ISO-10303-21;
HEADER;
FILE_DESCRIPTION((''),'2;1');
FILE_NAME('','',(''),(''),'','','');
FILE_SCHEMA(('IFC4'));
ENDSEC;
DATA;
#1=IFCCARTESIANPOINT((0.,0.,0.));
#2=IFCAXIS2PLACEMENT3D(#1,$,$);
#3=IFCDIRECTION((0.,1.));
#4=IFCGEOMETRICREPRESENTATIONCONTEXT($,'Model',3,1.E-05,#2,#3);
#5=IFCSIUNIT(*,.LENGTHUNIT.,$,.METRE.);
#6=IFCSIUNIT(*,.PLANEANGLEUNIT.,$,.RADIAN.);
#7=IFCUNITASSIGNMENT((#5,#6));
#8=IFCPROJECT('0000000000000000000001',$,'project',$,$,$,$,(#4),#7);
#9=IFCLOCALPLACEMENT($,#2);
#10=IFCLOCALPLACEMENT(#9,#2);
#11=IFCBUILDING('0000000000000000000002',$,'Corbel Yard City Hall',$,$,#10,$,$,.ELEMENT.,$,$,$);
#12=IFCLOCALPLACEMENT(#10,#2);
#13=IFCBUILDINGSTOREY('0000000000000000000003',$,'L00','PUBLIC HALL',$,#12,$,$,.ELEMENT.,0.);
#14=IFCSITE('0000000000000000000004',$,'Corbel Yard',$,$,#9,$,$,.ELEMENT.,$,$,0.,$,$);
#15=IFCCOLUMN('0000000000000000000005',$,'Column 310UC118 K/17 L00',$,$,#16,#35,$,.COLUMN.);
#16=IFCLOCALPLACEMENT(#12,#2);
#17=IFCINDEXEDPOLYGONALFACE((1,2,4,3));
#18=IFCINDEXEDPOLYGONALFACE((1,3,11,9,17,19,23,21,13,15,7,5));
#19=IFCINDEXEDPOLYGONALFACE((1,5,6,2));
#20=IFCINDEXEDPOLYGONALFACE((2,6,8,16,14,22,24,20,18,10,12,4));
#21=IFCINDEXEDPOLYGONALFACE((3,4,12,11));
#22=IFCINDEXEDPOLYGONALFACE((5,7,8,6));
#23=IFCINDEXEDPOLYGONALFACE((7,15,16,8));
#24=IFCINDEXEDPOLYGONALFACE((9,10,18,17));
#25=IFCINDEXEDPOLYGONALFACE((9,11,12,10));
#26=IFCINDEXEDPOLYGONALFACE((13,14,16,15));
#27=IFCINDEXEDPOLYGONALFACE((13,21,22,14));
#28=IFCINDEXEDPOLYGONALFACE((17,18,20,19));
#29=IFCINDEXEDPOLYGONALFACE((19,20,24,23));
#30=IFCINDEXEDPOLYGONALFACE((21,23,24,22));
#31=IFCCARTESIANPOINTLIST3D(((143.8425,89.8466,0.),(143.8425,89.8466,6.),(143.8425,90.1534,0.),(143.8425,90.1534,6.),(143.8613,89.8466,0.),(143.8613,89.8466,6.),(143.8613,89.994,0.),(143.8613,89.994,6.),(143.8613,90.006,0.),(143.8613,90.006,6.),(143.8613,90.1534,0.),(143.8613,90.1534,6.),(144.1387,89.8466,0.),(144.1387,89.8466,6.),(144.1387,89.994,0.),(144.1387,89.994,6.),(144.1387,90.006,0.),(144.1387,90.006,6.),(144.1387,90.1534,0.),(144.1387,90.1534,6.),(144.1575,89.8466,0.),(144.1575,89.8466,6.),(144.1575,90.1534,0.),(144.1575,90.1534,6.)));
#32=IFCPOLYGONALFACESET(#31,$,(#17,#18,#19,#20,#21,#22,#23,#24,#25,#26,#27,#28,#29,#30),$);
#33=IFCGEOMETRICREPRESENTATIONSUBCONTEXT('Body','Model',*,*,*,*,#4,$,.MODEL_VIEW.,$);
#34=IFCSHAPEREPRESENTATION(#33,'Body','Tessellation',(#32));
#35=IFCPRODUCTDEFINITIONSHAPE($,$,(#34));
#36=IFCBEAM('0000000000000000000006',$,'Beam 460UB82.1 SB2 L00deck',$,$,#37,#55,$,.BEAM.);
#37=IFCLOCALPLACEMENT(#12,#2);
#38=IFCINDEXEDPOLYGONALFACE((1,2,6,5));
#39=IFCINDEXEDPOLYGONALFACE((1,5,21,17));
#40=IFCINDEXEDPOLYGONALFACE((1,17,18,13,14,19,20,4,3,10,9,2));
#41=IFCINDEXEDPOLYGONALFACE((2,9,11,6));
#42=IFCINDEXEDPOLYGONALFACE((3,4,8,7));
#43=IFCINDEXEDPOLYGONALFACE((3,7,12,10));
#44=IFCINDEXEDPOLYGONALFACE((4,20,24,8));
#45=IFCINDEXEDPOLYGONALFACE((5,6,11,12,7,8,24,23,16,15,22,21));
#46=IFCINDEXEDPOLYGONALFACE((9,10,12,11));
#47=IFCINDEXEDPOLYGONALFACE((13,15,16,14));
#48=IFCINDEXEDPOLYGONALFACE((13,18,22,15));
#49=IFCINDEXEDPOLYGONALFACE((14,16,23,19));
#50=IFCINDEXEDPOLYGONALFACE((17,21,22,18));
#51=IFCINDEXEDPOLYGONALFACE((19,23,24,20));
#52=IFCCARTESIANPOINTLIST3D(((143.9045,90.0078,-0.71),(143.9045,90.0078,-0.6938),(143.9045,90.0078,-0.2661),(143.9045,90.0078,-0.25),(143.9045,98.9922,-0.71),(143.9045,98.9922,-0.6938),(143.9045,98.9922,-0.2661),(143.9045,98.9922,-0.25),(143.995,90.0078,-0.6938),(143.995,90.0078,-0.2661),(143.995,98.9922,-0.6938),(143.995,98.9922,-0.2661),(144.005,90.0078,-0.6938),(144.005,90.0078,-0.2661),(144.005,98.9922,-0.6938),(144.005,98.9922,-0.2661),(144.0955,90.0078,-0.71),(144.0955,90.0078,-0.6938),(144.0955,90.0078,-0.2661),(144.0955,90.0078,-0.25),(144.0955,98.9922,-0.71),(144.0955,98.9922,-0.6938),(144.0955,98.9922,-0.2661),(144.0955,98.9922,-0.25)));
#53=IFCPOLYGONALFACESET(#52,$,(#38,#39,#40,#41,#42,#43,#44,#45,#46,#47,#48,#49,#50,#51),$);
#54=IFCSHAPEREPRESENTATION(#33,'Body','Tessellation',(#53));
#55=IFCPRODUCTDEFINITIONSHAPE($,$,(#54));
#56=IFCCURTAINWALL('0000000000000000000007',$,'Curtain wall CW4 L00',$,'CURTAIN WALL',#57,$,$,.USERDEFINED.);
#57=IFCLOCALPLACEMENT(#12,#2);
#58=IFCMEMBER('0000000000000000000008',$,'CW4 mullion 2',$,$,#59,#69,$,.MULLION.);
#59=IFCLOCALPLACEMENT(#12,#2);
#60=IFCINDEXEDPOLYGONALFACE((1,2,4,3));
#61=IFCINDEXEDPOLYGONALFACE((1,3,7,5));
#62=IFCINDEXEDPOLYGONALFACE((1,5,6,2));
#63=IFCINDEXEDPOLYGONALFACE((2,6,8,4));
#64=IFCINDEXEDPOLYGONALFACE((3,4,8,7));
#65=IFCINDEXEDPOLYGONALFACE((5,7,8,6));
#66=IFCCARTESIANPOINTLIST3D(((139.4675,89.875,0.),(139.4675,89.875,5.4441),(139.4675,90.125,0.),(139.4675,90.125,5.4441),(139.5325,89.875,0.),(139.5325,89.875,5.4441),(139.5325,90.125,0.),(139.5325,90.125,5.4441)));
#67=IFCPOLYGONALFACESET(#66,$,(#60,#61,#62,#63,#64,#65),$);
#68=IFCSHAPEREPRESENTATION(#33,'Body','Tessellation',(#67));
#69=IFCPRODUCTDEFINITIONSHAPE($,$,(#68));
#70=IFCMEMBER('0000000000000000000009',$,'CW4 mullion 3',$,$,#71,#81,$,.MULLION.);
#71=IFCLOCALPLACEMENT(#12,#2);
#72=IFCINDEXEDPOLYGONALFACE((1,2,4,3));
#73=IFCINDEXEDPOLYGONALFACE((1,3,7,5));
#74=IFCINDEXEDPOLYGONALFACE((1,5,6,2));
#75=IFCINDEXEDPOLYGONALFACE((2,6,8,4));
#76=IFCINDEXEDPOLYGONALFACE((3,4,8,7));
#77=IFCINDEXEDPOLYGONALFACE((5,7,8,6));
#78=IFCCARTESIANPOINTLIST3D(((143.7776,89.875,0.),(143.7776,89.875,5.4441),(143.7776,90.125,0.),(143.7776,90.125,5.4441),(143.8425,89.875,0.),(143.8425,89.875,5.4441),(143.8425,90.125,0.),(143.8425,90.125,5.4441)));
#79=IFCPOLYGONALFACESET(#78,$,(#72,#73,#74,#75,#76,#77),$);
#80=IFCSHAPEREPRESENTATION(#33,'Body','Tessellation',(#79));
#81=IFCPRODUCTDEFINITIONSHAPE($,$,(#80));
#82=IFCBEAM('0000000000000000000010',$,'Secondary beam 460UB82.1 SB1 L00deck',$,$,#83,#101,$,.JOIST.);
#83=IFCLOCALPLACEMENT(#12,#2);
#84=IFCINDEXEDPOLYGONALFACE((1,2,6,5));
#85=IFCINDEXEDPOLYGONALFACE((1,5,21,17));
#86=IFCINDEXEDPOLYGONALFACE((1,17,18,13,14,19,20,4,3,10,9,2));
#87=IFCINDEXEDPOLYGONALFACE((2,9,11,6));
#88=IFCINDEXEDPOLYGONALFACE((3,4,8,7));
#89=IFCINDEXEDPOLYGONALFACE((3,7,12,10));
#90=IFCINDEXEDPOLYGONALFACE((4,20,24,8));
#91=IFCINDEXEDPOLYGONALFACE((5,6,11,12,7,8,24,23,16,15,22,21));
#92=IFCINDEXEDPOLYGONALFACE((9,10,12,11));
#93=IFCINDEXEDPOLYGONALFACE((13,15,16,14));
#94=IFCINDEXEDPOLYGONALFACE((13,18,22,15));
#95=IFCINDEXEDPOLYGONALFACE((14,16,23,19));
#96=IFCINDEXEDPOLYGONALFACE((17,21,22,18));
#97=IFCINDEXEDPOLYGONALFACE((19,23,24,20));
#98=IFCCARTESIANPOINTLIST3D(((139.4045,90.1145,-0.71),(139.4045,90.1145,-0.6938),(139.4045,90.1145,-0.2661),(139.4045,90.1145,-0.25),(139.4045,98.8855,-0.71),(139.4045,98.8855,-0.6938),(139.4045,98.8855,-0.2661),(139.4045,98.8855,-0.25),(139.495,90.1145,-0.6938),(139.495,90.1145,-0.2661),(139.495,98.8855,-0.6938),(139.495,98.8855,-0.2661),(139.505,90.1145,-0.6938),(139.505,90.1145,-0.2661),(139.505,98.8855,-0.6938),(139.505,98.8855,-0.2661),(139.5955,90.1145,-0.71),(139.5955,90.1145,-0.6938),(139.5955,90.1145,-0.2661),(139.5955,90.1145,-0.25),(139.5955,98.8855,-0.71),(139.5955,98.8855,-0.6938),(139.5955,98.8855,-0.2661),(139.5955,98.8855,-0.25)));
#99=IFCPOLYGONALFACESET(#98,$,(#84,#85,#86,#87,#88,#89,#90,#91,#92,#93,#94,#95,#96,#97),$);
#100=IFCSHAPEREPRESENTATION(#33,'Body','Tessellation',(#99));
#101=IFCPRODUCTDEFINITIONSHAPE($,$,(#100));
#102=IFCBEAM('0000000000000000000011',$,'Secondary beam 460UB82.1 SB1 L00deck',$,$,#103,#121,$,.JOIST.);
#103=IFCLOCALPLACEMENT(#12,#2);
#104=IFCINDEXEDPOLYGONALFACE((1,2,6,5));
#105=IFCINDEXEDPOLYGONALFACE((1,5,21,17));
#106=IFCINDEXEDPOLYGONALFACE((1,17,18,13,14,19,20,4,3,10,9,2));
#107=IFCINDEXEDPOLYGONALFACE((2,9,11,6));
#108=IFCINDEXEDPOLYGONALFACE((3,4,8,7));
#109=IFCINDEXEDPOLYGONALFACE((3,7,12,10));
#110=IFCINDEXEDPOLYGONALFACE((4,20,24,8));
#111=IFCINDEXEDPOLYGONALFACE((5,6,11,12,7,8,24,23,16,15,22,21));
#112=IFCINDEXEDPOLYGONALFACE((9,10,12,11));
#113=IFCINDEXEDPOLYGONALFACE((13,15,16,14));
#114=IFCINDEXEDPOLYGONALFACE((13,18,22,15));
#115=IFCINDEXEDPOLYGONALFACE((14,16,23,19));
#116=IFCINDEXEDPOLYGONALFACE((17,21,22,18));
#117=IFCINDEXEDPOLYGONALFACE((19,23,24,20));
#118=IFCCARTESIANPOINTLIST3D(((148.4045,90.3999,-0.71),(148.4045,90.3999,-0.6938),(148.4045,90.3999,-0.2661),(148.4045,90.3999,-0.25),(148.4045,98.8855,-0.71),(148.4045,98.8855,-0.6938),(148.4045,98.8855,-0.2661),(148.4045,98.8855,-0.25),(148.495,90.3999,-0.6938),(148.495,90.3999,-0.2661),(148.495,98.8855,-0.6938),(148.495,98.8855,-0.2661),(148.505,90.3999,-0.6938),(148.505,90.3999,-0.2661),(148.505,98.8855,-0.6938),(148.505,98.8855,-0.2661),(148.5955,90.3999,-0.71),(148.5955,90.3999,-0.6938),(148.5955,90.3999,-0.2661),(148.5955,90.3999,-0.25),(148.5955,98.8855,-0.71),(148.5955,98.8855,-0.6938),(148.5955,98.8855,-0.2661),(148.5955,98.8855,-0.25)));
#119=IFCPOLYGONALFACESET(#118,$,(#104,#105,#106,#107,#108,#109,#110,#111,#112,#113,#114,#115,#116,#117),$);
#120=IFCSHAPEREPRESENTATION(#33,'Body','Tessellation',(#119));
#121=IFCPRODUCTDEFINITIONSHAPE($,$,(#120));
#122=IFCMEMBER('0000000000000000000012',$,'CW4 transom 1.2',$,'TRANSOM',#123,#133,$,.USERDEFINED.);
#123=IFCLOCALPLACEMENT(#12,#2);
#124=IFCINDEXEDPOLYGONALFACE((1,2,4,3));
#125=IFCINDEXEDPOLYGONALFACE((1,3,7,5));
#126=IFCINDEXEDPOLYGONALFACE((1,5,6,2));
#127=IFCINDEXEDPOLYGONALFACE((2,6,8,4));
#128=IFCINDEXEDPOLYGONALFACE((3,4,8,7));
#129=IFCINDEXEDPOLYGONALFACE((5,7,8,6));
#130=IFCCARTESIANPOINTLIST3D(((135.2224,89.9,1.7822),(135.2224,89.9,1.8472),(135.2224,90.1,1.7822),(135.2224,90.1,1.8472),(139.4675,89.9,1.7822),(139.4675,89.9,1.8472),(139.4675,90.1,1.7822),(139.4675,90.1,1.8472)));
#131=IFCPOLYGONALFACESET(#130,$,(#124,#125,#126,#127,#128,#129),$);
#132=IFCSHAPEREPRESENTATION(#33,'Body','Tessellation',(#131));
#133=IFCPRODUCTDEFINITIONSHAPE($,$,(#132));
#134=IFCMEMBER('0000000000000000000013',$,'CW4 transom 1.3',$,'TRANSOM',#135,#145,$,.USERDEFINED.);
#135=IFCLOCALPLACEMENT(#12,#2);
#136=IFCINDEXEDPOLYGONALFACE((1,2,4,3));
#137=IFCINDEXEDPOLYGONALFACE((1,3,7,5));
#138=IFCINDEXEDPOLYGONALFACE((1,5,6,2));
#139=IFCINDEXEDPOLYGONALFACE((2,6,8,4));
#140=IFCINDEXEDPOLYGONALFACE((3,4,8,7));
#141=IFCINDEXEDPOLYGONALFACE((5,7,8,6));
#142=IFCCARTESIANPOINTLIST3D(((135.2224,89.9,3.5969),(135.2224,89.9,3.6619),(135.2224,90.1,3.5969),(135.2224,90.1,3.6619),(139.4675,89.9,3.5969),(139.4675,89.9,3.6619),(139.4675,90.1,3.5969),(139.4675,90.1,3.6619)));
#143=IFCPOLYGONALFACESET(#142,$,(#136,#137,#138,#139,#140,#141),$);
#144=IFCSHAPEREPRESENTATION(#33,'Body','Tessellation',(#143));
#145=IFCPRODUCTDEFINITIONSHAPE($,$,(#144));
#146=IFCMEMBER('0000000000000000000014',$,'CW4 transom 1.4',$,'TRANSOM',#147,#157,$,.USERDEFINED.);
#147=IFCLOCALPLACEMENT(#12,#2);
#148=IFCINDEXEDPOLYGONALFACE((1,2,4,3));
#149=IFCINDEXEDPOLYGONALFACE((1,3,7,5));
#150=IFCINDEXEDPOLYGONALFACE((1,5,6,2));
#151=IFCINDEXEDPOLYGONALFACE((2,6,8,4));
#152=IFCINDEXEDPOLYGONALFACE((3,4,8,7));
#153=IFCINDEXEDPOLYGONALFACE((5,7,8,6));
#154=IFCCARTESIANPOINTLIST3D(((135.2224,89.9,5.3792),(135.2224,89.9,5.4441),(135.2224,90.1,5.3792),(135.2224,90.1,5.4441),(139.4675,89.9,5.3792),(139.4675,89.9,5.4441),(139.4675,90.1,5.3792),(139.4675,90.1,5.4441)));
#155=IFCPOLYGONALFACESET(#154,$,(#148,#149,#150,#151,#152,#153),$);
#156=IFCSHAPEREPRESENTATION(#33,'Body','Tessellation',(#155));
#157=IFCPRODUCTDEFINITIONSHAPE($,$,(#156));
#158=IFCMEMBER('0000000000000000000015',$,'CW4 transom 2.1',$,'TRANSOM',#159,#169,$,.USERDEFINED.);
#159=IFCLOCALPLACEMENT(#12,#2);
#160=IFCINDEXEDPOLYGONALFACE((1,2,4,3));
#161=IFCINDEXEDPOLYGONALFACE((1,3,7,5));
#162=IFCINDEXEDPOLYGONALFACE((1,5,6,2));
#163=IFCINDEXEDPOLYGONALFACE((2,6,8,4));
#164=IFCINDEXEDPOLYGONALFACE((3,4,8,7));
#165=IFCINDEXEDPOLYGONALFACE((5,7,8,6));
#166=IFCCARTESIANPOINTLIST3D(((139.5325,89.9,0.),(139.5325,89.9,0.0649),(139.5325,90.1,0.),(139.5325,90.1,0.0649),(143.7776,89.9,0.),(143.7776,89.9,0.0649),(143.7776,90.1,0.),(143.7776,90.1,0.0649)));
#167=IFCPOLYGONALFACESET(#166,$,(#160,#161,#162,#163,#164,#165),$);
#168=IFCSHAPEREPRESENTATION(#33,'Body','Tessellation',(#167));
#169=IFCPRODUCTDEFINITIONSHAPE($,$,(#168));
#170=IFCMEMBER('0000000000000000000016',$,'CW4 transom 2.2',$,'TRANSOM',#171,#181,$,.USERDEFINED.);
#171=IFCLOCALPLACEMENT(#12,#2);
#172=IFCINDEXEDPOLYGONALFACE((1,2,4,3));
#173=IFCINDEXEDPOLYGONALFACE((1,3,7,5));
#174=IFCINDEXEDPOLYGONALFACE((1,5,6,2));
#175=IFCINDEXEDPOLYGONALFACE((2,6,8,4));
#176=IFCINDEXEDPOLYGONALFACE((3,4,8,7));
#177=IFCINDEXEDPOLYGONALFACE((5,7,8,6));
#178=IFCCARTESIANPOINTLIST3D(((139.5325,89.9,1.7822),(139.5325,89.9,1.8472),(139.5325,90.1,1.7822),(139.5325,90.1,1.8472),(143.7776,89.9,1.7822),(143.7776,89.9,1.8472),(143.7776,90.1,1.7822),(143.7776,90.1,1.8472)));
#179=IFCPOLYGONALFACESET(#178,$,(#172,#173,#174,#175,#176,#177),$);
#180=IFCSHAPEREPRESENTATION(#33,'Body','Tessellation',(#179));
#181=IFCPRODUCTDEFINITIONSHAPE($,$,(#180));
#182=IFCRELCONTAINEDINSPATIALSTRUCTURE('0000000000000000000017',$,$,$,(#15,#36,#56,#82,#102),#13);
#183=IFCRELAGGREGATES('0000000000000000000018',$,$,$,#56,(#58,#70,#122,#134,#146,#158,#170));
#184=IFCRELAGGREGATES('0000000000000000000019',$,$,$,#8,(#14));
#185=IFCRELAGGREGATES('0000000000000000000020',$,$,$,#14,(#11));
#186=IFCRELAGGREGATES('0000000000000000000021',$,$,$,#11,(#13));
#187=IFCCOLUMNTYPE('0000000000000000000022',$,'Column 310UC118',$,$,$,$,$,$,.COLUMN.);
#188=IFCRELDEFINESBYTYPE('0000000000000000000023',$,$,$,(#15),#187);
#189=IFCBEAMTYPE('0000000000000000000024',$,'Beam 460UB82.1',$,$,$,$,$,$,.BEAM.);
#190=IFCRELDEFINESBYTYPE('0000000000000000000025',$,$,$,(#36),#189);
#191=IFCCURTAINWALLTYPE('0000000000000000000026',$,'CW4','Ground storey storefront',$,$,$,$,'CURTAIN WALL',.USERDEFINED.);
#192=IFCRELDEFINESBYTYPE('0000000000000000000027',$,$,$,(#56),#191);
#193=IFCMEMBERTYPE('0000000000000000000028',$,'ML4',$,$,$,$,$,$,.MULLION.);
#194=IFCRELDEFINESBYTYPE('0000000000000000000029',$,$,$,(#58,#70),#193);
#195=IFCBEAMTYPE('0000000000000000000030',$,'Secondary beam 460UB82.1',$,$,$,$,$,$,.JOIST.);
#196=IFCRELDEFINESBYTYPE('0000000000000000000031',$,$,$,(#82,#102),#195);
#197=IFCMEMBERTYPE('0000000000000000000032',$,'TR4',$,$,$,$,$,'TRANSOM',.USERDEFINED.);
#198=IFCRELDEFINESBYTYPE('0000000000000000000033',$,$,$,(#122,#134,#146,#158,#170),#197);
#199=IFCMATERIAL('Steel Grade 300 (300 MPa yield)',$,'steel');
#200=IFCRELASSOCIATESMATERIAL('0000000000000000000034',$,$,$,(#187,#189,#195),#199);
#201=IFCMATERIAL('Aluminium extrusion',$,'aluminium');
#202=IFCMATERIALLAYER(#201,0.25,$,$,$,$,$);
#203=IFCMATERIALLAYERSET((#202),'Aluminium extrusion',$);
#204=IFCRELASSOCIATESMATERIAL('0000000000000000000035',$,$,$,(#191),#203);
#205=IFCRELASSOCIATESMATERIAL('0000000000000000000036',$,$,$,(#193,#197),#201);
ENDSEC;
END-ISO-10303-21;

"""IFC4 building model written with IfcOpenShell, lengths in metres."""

from ifc_helpers import new_model, si_unit, direction, frame, origin, origin_2d, place, context, subcontext, project, spatial, rectangle, i_section, extrude, material, layer, layer_set, material_profile, profile_set, type_object, element, aggregate, save


model = new_model("IFC4")

# Units and contexts
model_context = context("Model", 3, precision=1e-05, world=origin(), true_north=direction((0.0, 1.0)))
body_context = subcontext(model_context, "Body", "Model", "MODEL_VIEW")
ifc_project = project(units=[si_unit("LENGTHUNIT", "METRE"), si_unit("PLANEANGLEUNIT", "RADIAN")], contexts=[model_context])

# Site, building, storey
site_placement = place(None, origin())
site = spatial("IfcSite", under=ifc_project, at=site_placement, Name="Corbel Yard", CompositionType="ELEMENT", RefElevation=0.0)
building_placement = place(site_placement, origin())
building = spatial("IfcBuilding", under=site, at=building_placement, Name="Corbel Yard City Hall", CompositionType="ELEMENT")
storey_placement = place(building_placement, origin())
storey = spatial("IfcBuildingStorey", under=building, at=storey_placement, Name="L00", Description="PUBLIC HALL", CompositionType="ELEMENT", Elevation=0.0)

# Column
ifc_material_1 = material(Name="Steel Grade 300 (300 MPa yield)", Category="steel")
ifc_material_profile_1 = material_profile(ifc_material_1, i_section(OverallWidth=0.3069, OverallDepth=0.3149, WebThickness=0.012, FlangeThickness=0.0188, at=origin_2d()), Name="310UC118")
ifc_profile_set_1 = profile_set([ifc_material_profile_1], Name="Steel Grade 300 (300 MPa yield)")
column_type = type_object("IfcColumnType", Name="Column 310UC118", PredefinedType="COLUMN", material=ifc_profile_set_1)
column_placement = place(storey_placement, frame((144.0, 90.0, 0.0), z_axis=(0.0, 0.0, 1.0), x_axis=(0.0, 1.0, 0.0)))
element("IfcColumn", 1, at=column_placement, inside=storey, type_object=column_type, Name="Column 310UC118 K/17 L00", PredefinedType="COLUMN", context=body_context, shape_type="SweptSolid", body=[
    extrude(i_section(OverallWidth=0.3069, OverallDepth=0.3149, WebThickness=0.012, FlangeThickness=0.0188, at=origin_2d()), origin(), (0.0, 0.0, 1.0), 6.0),
])

# Beam
ifc_material_profile_2 = material_profile(ifc_material_1, i_section(OverallWidth=0.1909, OverallDepth=0.46, WebThickness=0.01, FlangeThickness=0.0161, at=origin_2d()), Name="460UB82.1")
ifc_profile_set_2 = profile_set([ifc_material_profile_2], Name="Steel Grade 300 (300 MPa yield)")
beam_type_1 = type_object("IfcBeamType", Name="Beam 460UB82.1", PredefinedType="BEAM", material=ifc_profile_set_2)
beam_1_placement = place(storey_placement, frame((144.0, 90.0078, -0.48), z_axis=(0.0, 1.0, 0.0), x_axis=(-1.0, 0.0, 0.0)))
element("IfcBeam", 2, at=beam_1_placement, inside=storey, type_object=beam_type_1, Name="Beam 460UB82.1 SB2 L00deck", PredefinedType="BEAM", context=body_context, shape_type="SweptSolid", body=[
    extrude(i_section(OverallWidth=0.1909, OverallDepth=0.46, WebThickness=0.01, FlangeThickness=0.0161, at=origin_2d()), origin(), (0.0, 0.0, 1.0), 8.9844),
])

# Curtain wall, members
ifc_material_2 = material(Name="Aluminium extrusion", Category="aluminium")
ifc_layer_1 = layer(ifc_material_2, 0.25)
ifc_layer_set_1 = layer_set([ifc_layer_1], Name="Aluminium extrusion")
curtain_wall_type = type_object("IfcCurtainWallType", Name="CW4", Description="Ground storey storefront", ElementType="CURTAIN WALL", PredefinedType="USERDEFINED", material=ifc_layer_set_1)
curtain_wall_placement = place(storey_placement, origin())
curtain_wall = element("IfcCurtainWall", 3, at=curtain_wall_placement, inside=storey, type_object=curtain_wall_type, Name="Curtain wall CW4 L00", ObjectType="CURTAIN WALL", PredefinedType="USERDEFINED")
ifc_material_profile_3 = material_profile(ifc_material_2, rectangle(XDim=0.25, YDim=0.0649, at=origin_2d()), Name="250x65")
ifc_profile_set_3 = profile_set([ifc_material_profile_3], Name="Aluminium extrusion")
member_type_1 = type_object("IfcMemberType", Name="ML4", PredefinedType="MULLION", material=ifc_profile_set_3)
member_1_placement = place(storey_placement, frame((139.5, 90.0, 0.0), z_axis=(0.0, 0.0, 1.0), x_axis=(0.0, 1.0, 0.0)))
member_1 = element("IfcMember", 4, at=member_1_placement, type_object=member_type_1, Name="CW4 mullion 2", PredefinedType="MULLION", context=body_context, shape_type="SweptSolid", body=[
    extrude(rectangle(XDim=0.25, YDim=0.0649, at=origin_2d()), origin(), (0.0, 0.0, 1.0), 5.4441),
])
member_2_placement = place(storey_placement, frame((143.8101, 90.0, 0.0), z_axis=(0.0, 0.0, 1.0), x_axis=(0.0, 1.0, 0.0)))
member_2 = element("IfcMember", 5, at=member_2_placement, type_object=member_type_1, Name="CW4 mullion 3", PredefinedType="MULLION", context=body_context, shape_type="SweptSolid", body=[
    extrude(rectangle(XDim=0.25, YDim=0.0649, at=origin_2d()), origin(), (0.0, 0.0, 1.0), 5.4441),
])

# Beams
ifc_material_profile_4 = material_profile(ifc_material_1, i_section(OverallWidth=0.1909, OverallDepth=0.46, WebThickness=0.01, FlangeThickness=0.0161, at=origin_2d()), Name="460UB82.1")
ifc_profile_set_4 = profile_set([ifc_material_profile_4], Name="Steel Grade 300 (300 MPa yield)")
beam_type_2 = type_object("IfcBeamType", Name="Secondary beam 460UB82.1", PredefinedType="JOIST", material=ifc_profile_set_4)
beam_2_placement = place(storey_placement, frame((139.5, 90.1145, -0.48), z_axis=(0.0, 1.0, 0.0), x_axis=(-1.0, 0.0, 0.0)))
element("IfcBeam", 6, at=beam_2_placement, inside=storey, type_object=beam_type_2, Name="Secondary beam 460UB82.1 SB1 L00deck", PredefinedType="JOIST", context=body_context, shape_type="SweptSolid", body=[
    extrude(i_section(OverallWidth=0.1909, OverallDepth=0.46, WebThickness=0.01, FlangeThickness=0.0161, at=origin_2d()), origin(), (0.0, 0.0, 1.0), 8.771),
])
beam_3_placement = place(storey_placement, frame((148.5, 90.3999, -0.48), z_axis=(0.0, 1.0, 0.0), x_axis=(-1.0, 0.0, 0.0)))
element("IfcBeam", 7, at=beam_3_placement, inside=storey, type_object=beam_type_2, Name="Secondary beam 460UB82.1 SB1 L00deck", PredefinedType="JOIST", context=body_context, shape_type="SweptSolid", body=[
    extrude(i_section(OverallWidth=0.1909, OverallDepth=0.46, WebThickness=0.01, FlangeThickness=0.0161, at=origin_2d()), origin(), (0.0, 0.0, 1.0), 8.4856),
])

# Members
ifc_material_profile_5 = material_profile(ifc_material_2, rectangle(XDim=0.2, YDim=0.0649, at=origin_2d()), Name="200x65")
ifc_profile_set_5 = profile_set([ifc_material_profile_5], Name="Aluminium extrusion")
member_type_2 = type_object("IfcMemberType", Name="TR4", ElementType="TRANSOM", PredefinedType="USERDEFINED", material=ifc_profile_set_5)
member_3_placement = place(storey_placement, frame((135.2224, 90.0, 1.8147), z_axis=(1.0, 0.0, 0.0), x_axis=(0.0, 1.0, 0.0)))
member_3 = element("IfcMember", 8, at=member_3_placement, type_object=member_type_2, Name="CW4 transom 1.2", ObjectType="TRANSOM", PredefinedType="USERDEFINED", context=body_context, shape_type="SweptSolid", body=[
    extrude(rectangle(XDim=0.2, YDim=0.0649, at=origin_2d()), origin(), (0.0, 0.0, 1.0), 4.2451),
])
member_4_placement = place(storey_placement, frame((135.2224, 90.0, 3.6294), z_axis=(1.0, 0.0, 0.0), x_axis=(0.0, 1.0, 0.0)))
member_4 = element("IfcMember", 9, at=member_4_placement, type_object=member_type_2, Name="CW4 transom 1.3", ObjectType="TRANSOM", PredefinedType="USERDEFINED", context=body_context, shape_type="SweptSolid", body=[
    extrude(rectangle(XDim=0.2, YDim=0.0649, at=origin_2d()), origin(), (0.0, 0.0, 1.0), 4.2451),
])
member_5_placement = place(storey_placement, frame((135.2224, 90.0, 5.4116), z_axis=(1.0, 0.0, 0.0), x_axis=(0.0, 1.0, 0.0)))
member_5 = element("IfcMember", 10, at=member_5_placement, type_object=member_type_2, Name="CW4 transom 1.4", ObjectType="TRANSOM", PredefinedType="USERDEFINED", context=body_context, shape_type="SweptSolid", body=[
    extrude(rectangle(XDim=0.2, YDim=0.0649, at=origin_2d()), origin(), (0.0, 0.0, 1.0), 4.2451),
])
member_6_placement = place(storey_placement, frame((139.5325, 90.0, 0.0325), z_axis=(1.0, 0.0, 0.0), x_axis=(0.0, 1.0, 0.0)))
member_6 = element("IfcMember", 11, at=member_6_placement, type_object=member_type_2, Name="CW4 transom 2.1", ObjectType="TRANSOM", PredefinedType="USERDEFINED", context=body_context, shape_type="SweptSolid", body=[
    extrude(rectangle(XDim=0.2, YDim=0.0649, at=origin_2d()), origin(), (0.0, 0.0, 1.0), 4.2451),
])
member_7_placement = place(storey_placement, frame((139.5325, 90.0, 1.8147), z_axis=(1.0, 0.0, 0.0), x_axis=(0.0, 1.0, 0.0)))
member_7 = element("IfcMember", 12, at=member_7_placement, type_object=member_type_2, Name="CW4 transom 2.2", ObjectType="TRANSOM", PredefinedType="USERDEFINED", context=body_context, shape_type="SweptSolid", body=[
    extrude(rectangle(XDim=0.2, YDim=0.0649, at=origin_2d()), origin(), (0.0, 0.0, 1.0), 4.2451),
])

aggregate(curtain_wall, [member_1, member_2, member_3, member_4, member_5, member_6, member_7])

save(model, "model.ifc")
